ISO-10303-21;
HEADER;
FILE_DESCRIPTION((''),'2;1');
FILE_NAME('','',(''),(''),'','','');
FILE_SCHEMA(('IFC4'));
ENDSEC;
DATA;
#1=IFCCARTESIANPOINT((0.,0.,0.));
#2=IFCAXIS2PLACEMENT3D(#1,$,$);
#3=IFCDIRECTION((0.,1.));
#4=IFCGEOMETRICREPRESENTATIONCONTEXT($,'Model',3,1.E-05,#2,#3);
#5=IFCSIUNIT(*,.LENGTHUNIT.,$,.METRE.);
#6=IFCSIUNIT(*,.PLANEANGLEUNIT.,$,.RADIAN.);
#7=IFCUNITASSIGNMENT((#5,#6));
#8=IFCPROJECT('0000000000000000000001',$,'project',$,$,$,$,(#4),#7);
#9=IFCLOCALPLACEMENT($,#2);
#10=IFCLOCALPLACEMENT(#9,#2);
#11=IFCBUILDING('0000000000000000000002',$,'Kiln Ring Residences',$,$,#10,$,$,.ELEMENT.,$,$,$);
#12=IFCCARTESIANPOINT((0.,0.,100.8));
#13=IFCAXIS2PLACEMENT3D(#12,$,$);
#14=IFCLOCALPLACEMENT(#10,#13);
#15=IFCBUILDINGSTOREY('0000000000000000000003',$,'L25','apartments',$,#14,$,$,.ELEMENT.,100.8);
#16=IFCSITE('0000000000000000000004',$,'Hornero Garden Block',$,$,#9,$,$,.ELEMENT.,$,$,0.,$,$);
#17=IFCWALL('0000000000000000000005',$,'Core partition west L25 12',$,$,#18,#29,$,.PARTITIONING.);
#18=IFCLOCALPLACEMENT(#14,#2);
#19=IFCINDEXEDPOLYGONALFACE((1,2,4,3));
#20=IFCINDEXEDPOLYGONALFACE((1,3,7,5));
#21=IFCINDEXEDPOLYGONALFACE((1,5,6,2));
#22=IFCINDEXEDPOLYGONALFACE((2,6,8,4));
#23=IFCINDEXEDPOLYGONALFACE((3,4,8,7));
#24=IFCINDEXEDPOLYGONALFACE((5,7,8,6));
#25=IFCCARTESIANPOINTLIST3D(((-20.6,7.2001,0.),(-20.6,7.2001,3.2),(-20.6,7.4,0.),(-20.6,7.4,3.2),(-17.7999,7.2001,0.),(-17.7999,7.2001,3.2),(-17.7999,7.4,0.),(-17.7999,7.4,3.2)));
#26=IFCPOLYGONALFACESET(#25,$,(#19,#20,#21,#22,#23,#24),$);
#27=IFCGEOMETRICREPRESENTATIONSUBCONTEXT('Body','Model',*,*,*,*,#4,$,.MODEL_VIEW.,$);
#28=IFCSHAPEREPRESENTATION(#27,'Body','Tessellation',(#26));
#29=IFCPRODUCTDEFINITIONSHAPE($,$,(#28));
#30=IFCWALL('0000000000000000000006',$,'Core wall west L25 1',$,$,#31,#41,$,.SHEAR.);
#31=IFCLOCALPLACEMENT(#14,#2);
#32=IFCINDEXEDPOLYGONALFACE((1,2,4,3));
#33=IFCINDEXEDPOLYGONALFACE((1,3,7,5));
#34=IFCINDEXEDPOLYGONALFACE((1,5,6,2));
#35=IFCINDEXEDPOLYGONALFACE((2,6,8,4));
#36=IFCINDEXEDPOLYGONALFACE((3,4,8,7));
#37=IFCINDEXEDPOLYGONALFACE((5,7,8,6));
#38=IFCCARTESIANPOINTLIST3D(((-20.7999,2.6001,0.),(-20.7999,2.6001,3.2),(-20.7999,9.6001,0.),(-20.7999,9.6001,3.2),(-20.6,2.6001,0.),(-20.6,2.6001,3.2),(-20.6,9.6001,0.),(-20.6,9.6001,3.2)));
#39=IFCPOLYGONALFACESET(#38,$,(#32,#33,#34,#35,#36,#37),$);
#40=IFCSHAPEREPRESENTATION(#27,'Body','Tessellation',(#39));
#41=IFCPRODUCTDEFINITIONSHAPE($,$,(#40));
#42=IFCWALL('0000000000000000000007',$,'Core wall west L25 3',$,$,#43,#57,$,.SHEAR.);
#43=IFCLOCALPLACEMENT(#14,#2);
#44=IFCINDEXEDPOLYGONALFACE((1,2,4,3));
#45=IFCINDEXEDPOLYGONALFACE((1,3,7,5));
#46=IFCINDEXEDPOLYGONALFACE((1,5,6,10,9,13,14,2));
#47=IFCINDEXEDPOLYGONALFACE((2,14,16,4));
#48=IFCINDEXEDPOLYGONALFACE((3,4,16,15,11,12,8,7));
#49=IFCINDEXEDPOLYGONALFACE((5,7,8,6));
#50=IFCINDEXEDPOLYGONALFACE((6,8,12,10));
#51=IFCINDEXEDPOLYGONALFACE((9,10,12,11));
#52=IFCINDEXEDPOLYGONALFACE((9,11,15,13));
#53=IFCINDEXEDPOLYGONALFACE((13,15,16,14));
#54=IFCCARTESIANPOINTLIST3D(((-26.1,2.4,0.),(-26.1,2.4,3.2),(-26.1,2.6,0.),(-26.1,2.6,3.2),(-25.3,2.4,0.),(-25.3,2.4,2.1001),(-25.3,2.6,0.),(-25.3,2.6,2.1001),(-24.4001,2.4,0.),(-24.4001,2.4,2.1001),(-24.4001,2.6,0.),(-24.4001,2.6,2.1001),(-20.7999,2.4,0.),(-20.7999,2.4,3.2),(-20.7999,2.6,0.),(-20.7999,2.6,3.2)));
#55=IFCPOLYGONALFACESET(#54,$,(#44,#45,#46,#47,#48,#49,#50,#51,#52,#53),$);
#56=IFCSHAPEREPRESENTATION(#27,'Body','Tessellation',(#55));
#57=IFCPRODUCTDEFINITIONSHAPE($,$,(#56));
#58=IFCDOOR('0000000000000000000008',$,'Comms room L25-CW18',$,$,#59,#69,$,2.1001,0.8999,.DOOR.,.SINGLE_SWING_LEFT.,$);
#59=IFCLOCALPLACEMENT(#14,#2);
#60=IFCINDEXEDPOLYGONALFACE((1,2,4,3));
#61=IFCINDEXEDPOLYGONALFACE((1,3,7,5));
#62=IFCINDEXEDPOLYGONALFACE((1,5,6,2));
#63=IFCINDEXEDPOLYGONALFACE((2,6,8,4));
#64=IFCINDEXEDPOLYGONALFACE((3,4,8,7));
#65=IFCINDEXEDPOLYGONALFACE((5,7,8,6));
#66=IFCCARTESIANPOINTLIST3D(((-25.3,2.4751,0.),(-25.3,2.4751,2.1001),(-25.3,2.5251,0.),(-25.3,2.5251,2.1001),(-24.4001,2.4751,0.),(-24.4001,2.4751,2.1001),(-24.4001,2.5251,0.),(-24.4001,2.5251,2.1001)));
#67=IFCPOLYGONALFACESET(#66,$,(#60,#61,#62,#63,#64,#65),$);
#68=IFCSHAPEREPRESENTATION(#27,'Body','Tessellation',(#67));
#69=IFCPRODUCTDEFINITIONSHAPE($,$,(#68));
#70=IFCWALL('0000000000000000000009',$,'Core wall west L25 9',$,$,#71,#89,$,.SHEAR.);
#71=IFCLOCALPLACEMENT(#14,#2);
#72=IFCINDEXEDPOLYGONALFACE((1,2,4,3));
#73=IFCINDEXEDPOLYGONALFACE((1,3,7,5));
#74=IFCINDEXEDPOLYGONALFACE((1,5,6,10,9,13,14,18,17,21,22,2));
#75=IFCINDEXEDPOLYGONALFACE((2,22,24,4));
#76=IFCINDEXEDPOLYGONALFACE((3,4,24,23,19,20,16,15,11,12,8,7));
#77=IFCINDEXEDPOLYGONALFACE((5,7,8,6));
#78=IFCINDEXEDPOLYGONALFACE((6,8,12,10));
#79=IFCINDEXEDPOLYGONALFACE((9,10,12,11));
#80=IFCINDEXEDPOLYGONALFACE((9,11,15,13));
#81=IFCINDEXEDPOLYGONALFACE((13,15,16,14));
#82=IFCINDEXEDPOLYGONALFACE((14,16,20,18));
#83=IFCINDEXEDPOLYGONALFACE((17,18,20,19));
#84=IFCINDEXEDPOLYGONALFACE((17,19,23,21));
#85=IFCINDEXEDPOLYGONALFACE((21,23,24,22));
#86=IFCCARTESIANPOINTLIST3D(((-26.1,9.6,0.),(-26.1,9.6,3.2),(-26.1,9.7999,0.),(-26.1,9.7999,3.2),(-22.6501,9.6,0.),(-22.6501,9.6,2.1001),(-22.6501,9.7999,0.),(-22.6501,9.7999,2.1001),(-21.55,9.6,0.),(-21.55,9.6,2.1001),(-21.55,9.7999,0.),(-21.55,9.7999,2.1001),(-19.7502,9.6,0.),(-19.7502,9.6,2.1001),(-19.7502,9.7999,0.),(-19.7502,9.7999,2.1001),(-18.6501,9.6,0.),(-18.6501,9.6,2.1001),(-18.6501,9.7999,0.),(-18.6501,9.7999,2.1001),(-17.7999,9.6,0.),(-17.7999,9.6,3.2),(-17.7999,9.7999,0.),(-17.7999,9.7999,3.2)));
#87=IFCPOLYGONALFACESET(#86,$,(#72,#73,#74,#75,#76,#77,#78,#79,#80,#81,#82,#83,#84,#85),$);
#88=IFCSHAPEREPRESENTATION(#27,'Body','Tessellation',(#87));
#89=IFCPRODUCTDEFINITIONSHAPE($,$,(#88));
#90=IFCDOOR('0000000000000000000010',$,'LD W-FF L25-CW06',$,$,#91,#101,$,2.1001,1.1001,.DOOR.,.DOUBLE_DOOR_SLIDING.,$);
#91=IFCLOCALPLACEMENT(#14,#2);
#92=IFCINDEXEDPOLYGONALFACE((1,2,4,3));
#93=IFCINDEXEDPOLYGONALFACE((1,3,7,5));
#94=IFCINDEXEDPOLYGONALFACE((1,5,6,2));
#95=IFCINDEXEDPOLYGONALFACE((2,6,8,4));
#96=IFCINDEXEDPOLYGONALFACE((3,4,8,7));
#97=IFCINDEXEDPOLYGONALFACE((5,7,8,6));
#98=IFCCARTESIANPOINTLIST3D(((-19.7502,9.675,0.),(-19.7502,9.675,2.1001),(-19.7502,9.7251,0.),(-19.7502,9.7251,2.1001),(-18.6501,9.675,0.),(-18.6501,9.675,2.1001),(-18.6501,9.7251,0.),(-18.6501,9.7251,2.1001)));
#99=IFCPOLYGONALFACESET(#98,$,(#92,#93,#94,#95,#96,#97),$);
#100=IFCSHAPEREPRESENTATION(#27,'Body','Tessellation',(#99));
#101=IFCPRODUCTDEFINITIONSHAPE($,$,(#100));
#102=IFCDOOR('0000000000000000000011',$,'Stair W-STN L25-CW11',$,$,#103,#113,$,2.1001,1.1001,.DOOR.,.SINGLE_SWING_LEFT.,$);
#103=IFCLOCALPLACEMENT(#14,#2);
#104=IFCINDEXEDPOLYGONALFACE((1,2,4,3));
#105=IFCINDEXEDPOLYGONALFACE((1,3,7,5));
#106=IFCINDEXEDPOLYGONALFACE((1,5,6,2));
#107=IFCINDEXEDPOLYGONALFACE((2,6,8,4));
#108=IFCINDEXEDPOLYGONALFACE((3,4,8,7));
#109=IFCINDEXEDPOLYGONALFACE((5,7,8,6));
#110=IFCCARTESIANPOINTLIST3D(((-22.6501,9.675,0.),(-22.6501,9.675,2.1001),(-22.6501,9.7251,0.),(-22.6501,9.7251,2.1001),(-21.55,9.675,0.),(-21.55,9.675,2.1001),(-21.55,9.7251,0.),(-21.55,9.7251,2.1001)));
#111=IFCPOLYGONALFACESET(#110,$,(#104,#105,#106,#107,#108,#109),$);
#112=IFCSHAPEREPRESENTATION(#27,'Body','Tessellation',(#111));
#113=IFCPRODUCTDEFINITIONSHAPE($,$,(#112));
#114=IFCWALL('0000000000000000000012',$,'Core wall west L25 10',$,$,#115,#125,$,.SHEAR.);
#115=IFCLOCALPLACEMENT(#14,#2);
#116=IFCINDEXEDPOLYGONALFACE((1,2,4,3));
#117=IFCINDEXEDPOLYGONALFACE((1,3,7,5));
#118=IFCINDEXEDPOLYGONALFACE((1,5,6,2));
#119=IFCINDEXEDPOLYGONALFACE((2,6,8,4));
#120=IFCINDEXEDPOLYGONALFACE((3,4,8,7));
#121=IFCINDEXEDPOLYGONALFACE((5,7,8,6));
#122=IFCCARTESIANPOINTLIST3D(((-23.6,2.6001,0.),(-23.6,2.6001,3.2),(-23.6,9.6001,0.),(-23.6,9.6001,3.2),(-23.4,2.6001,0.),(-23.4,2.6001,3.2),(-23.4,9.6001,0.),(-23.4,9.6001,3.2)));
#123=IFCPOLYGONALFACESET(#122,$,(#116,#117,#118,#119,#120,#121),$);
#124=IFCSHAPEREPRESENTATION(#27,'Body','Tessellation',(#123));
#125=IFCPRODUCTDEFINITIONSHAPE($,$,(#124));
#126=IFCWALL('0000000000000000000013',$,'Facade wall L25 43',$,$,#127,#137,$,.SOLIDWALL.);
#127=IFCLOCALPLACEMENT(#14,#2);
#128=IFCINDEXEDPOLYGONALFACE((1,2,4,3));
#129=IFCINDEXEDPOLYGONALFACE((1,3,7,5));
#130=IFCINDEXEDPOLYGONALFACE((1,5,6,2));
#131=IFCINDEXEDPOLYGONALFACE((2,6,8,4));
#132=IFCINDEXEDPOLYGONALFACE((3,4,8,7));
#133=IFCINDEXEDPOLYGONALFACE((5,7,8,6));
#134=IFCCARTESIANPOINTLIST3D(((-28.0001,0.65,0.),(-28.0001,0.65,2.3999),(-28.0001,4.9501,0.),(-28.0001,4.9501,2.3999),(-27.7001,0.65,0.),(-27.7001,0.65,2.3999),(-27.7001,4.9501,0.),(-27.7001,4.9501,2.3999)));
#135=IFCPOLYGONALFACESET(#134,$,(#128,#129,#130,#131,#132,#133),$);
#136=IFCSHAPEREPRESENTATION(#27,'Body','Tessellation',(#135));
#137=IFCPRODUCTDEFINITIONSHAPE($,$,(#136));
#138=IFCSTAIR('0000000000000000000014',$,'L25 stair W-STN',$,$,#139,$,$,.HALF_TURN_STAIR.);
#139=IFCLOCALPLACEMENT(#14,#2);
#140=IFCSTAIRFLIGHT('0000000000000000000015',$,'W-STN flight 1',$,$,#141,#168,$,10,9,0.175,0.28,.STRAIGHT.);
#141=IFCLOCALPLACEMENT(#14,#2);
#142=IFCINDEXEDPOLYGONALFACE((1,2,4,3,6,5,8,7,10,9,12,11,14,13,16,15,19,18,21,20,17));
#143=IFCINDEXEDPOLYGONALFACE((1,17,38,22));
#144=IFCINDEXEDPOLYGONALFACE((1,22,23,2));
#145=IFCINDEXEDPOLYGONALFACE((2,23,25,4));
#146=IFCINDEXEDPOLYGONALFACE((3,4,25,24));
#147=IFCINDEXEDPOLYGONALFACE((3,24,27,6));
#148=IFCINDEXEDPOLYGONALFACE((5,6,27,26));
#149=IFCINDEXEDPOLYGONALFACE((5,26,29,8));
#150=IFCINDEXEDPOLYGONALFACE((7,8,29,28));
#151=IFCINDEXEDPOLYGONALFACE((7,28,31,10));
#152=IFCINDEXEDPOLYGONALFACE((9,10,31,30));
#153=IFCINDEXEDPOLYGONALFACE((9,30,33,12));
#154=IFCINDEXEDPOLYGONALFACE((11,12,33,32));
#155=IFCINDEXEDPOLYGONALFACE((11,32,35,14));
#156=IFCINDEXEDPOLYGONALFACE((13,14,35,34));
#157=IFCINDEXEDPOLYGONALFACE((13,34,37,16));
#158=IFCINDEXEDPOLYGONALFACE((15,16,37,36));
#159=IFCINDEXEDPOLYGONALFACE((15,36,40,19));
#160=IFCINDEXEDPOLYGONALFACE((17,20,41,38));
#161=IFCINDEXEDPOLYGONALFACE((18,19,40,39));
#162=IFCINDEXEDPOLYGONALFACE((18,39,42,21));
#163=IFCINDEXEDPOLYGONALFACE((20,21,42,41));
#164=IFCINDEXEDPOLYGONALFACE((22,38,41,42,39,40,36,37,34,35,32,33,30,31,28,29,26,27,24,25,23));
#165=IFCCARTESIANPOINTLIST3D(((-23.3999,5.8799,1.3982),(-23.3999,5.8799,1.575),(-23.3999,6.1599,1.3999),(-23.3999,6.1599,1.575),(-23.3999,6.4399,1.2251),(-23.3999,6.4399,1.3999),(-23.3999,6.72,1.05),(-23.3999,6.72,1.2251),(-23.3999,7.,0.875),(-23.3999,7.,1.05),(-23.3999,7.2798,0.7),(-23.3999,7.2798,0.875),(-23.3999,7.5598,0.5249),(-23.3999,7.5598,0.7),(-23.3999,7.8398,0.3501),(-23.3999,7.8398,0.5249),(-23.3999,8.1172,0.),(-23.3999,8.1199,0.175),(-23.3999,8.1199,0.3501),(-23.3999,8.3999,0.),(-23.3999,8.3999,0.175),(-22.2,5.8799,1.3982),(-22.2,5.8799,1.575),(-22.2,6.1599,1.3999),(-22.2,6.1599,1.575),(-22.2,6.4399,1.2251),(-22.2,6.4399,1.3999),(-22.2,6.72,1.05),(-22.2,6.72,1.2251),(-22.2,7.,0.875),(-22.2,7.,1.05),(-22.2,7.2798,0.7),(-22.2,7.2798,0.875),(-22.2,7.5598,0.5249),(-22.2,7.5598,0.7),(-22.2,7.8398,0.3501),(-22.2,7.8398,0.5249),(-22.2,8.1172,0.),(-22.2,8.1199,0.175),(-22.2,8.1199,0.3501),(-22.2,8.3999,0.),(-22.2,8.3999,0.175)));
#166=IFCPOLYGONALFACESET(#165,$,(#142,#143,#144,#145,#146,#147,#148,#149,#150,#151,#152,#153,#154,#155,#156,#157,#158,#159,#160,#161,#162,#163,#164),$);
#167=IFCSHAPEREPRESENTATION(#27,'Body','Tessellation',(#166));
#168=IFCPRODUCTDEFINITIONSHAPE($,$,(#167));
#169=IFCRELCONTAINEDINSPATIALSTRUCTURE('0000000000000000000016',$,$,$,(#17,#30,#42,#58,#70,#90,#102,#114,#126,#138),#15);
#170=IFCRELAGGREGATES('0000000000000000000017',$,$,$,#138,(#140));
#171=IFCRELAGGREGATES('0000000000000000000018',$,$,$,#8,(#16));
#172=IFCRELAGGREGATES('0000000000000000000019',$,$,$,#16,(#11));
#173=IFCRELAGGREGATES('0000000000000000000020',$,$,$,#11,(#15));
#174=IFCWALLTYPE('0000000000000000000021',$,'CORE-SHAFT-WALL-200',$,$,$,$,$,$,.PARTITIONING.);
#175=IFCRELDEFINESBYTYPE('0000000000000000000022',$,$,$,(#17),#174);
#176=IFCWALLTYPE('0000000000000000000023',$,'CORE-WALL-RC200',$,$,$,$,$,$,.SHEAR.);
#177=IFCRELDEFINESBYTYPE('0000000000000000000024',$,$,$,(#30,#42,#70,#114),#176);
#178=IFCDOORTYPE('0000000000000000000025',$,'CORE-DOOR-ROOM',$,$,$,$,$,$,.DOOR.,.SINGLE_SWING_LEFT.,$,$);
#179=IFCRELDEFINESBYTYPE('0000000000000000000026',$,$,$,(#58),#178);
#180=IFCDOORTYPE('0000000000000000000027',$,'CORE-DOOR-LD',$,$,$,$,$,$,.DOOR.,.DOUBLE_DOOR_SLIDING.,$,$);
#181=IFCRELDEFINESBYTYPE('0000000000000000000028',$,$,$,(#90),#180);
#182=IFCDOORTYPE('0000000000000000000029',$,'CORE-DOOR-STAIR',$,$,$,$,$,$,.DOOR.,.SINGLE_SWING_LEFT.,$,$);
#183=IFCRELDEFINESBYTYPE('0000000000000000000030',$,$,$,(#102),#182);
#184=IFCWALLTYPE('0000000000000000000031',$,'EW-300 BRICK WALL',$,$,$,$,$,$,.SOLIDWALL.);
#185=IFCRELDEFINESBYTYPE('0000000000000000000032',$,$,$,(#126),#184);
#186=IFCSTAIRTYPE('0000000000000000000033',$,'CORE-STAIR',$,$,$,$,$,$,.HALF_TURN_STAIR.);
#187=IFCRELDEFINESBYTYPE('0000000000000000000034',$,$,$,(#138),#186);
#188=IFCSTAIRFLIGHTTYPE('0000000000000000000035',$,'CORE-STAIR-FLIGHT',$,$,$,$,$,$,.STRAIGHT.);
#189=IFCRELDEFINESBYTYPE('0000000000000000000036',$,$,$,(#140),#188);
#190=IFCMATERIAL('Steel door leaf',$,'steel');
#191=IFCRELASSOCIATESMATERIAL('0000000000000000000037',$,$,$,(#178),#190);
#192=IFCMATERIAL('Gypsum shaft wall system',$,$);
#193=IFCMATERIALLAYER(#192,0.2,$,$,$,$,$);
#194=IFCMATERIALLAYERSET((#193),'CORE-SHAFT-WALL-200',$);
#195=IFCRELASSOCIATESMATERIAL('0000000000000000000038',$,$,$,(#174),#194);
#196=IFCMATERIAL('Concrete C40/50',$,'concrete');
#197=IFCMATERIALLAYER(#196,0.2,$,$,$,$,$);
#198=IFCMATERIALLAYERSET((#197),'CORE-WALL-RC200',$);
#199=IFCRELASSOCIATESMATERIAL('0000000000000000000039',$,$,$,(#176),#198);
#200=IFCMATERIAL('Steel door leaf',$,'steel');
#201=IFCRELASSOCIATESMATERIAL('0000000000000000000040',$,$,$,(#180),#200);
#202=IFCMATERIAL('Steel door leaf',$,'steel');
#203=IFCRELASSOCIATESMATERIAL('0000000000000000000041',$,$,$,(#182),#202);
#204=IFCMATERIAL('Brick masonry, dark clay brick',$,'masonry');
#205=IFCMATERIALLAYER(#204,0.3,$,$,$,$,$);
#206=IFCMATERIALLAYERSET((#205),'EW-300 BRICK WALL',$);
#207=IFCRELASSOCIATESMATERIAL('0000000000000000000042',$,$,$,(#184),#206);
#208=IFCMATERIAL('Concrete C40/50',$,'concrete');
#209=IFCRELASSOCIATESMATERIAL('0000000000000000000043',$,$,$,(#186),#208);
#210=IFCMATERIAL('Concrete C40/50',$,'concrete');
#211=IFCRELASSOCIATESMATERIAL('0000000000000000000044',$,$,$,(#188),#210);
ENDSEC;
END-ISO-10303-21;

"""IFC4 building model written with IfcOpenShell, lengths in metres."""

from ifc_helpers import new_model, si_unit, direction, frame, frame_2d, origin, place, context, subcontext, project, spatial, polyline, rectangle, outline, extrude, material, layer, layer_set, type_object, element, fill, aggregate, save


model = new_model("IFC4")

# Units and contexts
model_context = context("Model", 3, precision=1e-05, world=origin(), true_north=direction((0.0, 1.0)))
body_context = subcontext(model_context, "Body", "Model", "MODEL_VIEW")
ifc_project = project(units=[si_unit("LENGTHUNIT", "METRE"), si_unit("PLANEANGLEUNIT", "RADIAN")], contexts=[model_context])

# Site, building, storey
site_placement = place(None, origin())
site = spatial("IfcSite", under=ifc_project, at=site_placement, Name="Hornero Garden Block", CompositionType="ELEMENT", RefElevation=0.0)
building_placement = place(site_placement, origin())
building = spatial("IfcBuilding", under=site, at=building_placement, Name="Kiln Ring Residences", CompositionType="ELEMENT")
storey_placement = place(building_placement, frame((0.0, 0.0, 100.8)))
storey = spatial("IfcBuildingStorey", under=building, at=storey_placement, Name="L25", Description="apartments", CompositionType="ELEMENT", Elevation=100.8)

# Shared definitions
ifc_material_1 = material(Name="Steel door leaf", Category="steel")
door_type_1 = type_object("IfcDoorType", Name="CORE-DOOR-ROOM", OperationType="SINGLE_SWING_LEFT", PredefinedType="DOOR", material=ifc_material_1)

# Walls
ifc_material_2 = material(Name="Gypsum shaft wall system")
ifc_layer_1 = layer(ifc_material_2, 0.2)
ifc_layer_set_1 = layer_set([ifc_layer_1], Name="CORE-SHAFT-WALL-200")
wall_type_1 = type_object("IfcWallType", Name="CORE-SHAFT-WALL-200", PredefinedType="PARTITIONING", material=ifc_layer_set_1)
wall_1_placement = place(storey_placement, frame((-17.8, 7.3, 0.0), z_axis=(0.0, 0.0, 1.0), x_axis=(-1.0, 0.0, 0.0)))
element("IfcWall", 1, at=wall_1_placement, inside=storey, type_object=wall_type_1, Name="Core partition west L25 12", PredefinedType="PARTITIONING", context=body_context, shape_type="SweptSolid", body=[
    extrude(rectangle(XDim=2.8, YDim=0.2, at=frame_2d((1.3999, 0.0))), origin(), (0.0, 0.0, 1.0), 3.2),
])
ifc_material_3 = material(Name="Concrete C40/50", Category="concrete")
ifc_layer_2 = layer(ifc_material_3, 0.2)
ifc_layer_set_2 = layer_set([ifc_layer_2], Name="CORE-WALL-RC200")
wall_type_2 = type_object("IfcWallType", Name="CORE-WALL-RC200", PredefinedType="SHEAR", material=ifc_layer_set_2)
wall_2_placement = place(storey_placement, frame((-20.7, 2.6001, 0.0), z_axis=(0.0, 0.0, 1.0), x_axis=(0.0, 1.0, 0.0)))
element("IfcWall", 2, at=wall_2_placement, inside=storey, type_object=wall_type_2, Name="Core wall west L25 1", PredefinedType="SHEAR", context=body_context, shape_type="SweptSolid", body=[
    extrude(rectangle(XDim=7.0, YDim=0.2, at=frame_2d((3.5, 0.0))), origin(), (0.0, 0.0, 1.0), 3.2),
])

# Wall, opening, door
wall_3_placement = place(storey_placement, frame((-20.8, 2.5, 0.0), z_axis=(0.0, 0.0, 1.0), x_axis=(-1.0, 0.0, 0.0)))
wall_3 = element("IfcWall", 3, at=wall_3_placement, inside=storey, type_object=wall_type_2, Name="Core wall west L25 3", PredefinedType="SHEAR", context=body_context, shape_type="SweptSolid", body=[
    extrude(rectangle(XDim=5.3, YDim=0.2, at=frame_2d((2.6499, 0.0))), origin(), (0.0, 0.0, 1.0), 3.2),
])
opening_1_placement = place(wall_3_placement, frame((3.6001, 0.0, 0.0)))
opening_1 = element("IfcOpeningElement", 4, at=opening_1_placement, cuts=wall_3, PredefinedType="OPENING", context=body_context, shape_type="SweptSolid", body=[
    extrude(rectangle(XDim=0.8999, YDim=2.1001, at=frame_2d((0.45, 1.05))), frame((0.0, 0.1099, 0.0), z_axis=(0.0, -1.0, 0.0), x_axis=(1.0, 0.0, 0.0)), (0.0, 0.0, 1.0), 0.22),
])
door_1_placement = place(opening_1_placement, origin())
door_1 = element("IfcDoor", 5, at=door_1_placement, inside=storey, type_object=door_type_1, Name="Comms room L25-CW18", OperationType="SINGLE_SWING_LEFT", OverallHeight=2.1001, OverallWidth=0.8999, PredefinedType="DOOR", context=body_context, shape_type="SweptSolid", body=[
    extrude(rectangle(XDim=0.8999, YDim=2.1001, at=frame_2d((0.45, 1.05))), frame((0.0, 0.0249, 0.0), z_axis=(0.0, -1.0, 0.0), x_axis=(1.0, 0.0, 0.0)), (0.0, 0.0, 1.0), 0.05),
])
fill(opening_1, door_1)

# Wall, openings, doors
wall_4_placement = place(storey_placement, frame((-17.8, 9.7, 0.0), z_axis=(0.0, 0.0, 1.0), x_axis=(-1.0, 0.0, 0.0)))
wall_4 = element("IfcWall", 6, at=wall_4_placement, inside=storey, type_object=wall_type_2, Name="Core wall west L25 9", PredefinedType="SHEAR", context=body_context, shape_type="SweptSolid", body=[
    extrude(rectangle(XDim=8.3, YDim=0.2, at=frame_2d((4.1499, 0.0))), origin(), (0.0, 0.0, 1.0), 3.2),
])
opening_2_placement = place(wall_4_placement, frame((0.8501, 0.0, 0.0)))
opening_2 = element("IfcOpeningElement", 7, at=opening_2_placement, cuts=wall_4, PredefinedType="OPENING", context=body_context, shape_type="SweptSolid", body=[
    extrude(rectangle(XDim=1.1001, YDim=2.1001, at=frame_2d((0.55, 1.05))), frame((0.0, 0.1099, 0.0), z_axis=(0.0, -1.0, 0.0), x_axis=(1.0, 0.0, 0.0)), (0.0, 0.0, 1.0), 0.22),
])
opening_3_placement = place(wall_4_placement, frame((3.75, 0.0, 0.0)))
opening_3 = element("IfcOpeningElement", 8, at=opening_3_placement, cuts=wall_4, PredefinedType="OPENING", context=body_context, shape_type="SweptSolid", body=[
    extrude(rectangle(XDim=1.1001, YDim=2.1001, at=frame_2d((0.55, 1.05))), frame((0.0, 0.1099, 0.0), z_axis=(0.0, -1.0, 0.0), x_axis=(1.0, 0.0, 0.0)), (0.0, 0.0, 1.0), 0.22),
])
ifc_material_4 = material(Name="Steel door leaf", Category="steel")
door_type_2 = type_object("IfcDoorType", Name="CORE-DOOR-LD", OperationType="DOUBLE_DOOR_SLIDING", PredefinedType="DOOR", material=ifc_material_4)
door_2_placement = place(opening_2_placement, origin())
door_2 = element("IfcDoor", 9, at=door_2_placement, inside=storey, type_object=door_type_2, Name="LD W-FF L25-CW06", OperationType="DOUBLE_DOOR_SLIDING", OverallHeight=2.1001, OverallWidth=1.1001, PredefinedType="DOOR", context=body_context, shape_type="SweptSolid", body=[
    extrude(rectangle(XDim=1.1001, YDim=2.1001, at=frame_2d((0.55, 1.05))), frame((0.0, 0.0249, 0.0), z_axis=(0.0, -1.0, 0.0), x_axis=(1.0, 0.0, 0.0)), (0.0, 0.0, 1.0), 0.05),
])
fill(opening_2, door_2)
ifc_material_5 = material(Name="Steel door leaf", Category="steel")
door_type_3 = type_object("IfcDoorType", Name="CORE-DOOR-STAIR", OperationType="SINGLE_SWING_LEFT", PredefinedType="DOOR", material=ifc_material_5)
door_3_placement = place(opening_3_placement, origin())
door_3 = element("IfcDoor", 10, at=door_3_placement, inside=storey, type_object=door_type_3, Name="Stair W-STN L25-CW11", OperationType="SINGLE_SWING_LEFT", OverallHeight=2.1001, OverallWidth=1.1001, PredefinedType="DOOR", context=body_context, shape_type="SweptSolid", body=[
    extrude(rectangle(XDim=1.1001, YDim=2.1001, at=frame_2d((0.55, 1.05))), frame((0.0, 0.0249, 0.0), z_axis=(0.0, -1.0, 0.0), x_axis=(1.0, 0.0, 0.0)), (0.0, 0.0, 1.0), 0.05),
])
fill(opening_3, door_3)

# Walls
wall_5_placement = place(storey_placement, frame((-23.5, 2.6001, 0.0), z_axis=(0.0, 0.0, 1.0), x_axis=(0.0, 1.0, 0.0)))
element("IfcWall", 11, at=wall_5_placement, inside=storey, type_object=wall_type_2, Name="Core wall west L25 10", PredefinedType="SHEAR", context=body_context, shape_type="SweptSolid", body=[
    extrude(rectangle(XDim=7.0, YDim=0.2, at=frame_2d((3.5, 0.0))), origin(), (0.0, 0.0, 1.0), 3.2),
])
ifc_material_6 = material(Name="Brick masonry, dark clay brick", Category="masonry")
ifc_layer_3 = layer(ifc_material_6, 0.3)
ifc_layer_set_3 = layer_set([ifc_layer_3], Name="EW-300 BRICK WALL")
wall_type_3 = type_object("IfcWallType", Name="EW-300 BRICK WALL", PredefinedType="SOLIDWALL", material=ifc_layer_set_3)
wall_6_placement = place(storey_placement, frame((-27.8501, 4.95, 0.0), z_axis=(0.0, 0.0, 1.0), x_axis=(0.0, -1.0, 0.0)))
element("IfcWall", 12, at=wall_6_placement, inside=storey, type_object=wall_type_3, Name="Facade wall L25 43", PredefinedType="SOLIDWALL", context=body_context, shape_type="SweptSolid", body=[
    extrude(rectangle(XDim=4.3, YDim=0.3, at=frame_2d((2.1499, 0.0))), origin(), (0.0, 0.0, 1.0), 2.3999),
])

# Stair, stair flight
ifc_material_7 = material(Name="Concrete C40/50", Category="concrete")
stair_type = type_object("IfcStairType", Name="CORE-STAIR", PredefinedType="HALF_TURN_STAIR", material=ifc_material_7)
stair_placement = place(storey_placement, origin())
stair = element("IfcStair", 13, at=stair_placement, inside=storey, type_object=stair_type, Name="L25 stair W-STN", PredefinedType="HALF_TURN_STAIR")
ifc_material_8 = material(Name="Concrete C40/50", Category="concrete")
stair_flight_type = type_object("IfcStairFlightType", Name="CORE-STAIR-FLIGHT", PredefinedType="STRAIGHT", material=ifc_material_8)
stair_flight_1_placement = place(storey_placement, frame((-22.8, 8.3999, 0.0), z_axis=(0.0, 0.0, 1.0), x_axis=(0.0, -1.0, 0.0)))
stair_flight_1 = element("IfcStairFlight", 14, at=stair_flight_1_placement, type_object=stair_flight_type, Name="W-STN flight 1", NumberOfRisers=10, NumberOfTreads=9, PredefinedType="STRAIGHT", RiserHeight=0.175, TreadLength=0.28, context=body_context, shape_type="SweptSolid", body=[
    extrude(outline(polyline([(0.0, 0.0), (0.0, 0.175), (0.28, 0.175), (0.28, 0.3501), (0.5601, 0.3501), (0.5601, 0.5249), (0.8401, 0.5249), (0.8401, 0.7), (1.1201, 0.7), (1.1201, 0.875), (1.3999, 0.875), (1.3999, 1.05), (1.6799, 1.05), (1.6799, 1.2251), (1.96, 1.2251), (1.96, 1.3999), (2.24, 1.3999), (2.24, 1.575), (2.52, 1.575), (2.52, 1.75), (2.52, 1.3982), (0.2827, 0.0), (0.0, 0.0)])), frame((0.0, 0.6001, 0.0), z_axis=(0.0, -1.0, 0.0), x_axis=(1.0, 0.0, 0.0)), (0.0, 0.0, 1.0), 1.2),
])
aggregate(stair, [stair_flight_1])

save(model, "model.ifc")
